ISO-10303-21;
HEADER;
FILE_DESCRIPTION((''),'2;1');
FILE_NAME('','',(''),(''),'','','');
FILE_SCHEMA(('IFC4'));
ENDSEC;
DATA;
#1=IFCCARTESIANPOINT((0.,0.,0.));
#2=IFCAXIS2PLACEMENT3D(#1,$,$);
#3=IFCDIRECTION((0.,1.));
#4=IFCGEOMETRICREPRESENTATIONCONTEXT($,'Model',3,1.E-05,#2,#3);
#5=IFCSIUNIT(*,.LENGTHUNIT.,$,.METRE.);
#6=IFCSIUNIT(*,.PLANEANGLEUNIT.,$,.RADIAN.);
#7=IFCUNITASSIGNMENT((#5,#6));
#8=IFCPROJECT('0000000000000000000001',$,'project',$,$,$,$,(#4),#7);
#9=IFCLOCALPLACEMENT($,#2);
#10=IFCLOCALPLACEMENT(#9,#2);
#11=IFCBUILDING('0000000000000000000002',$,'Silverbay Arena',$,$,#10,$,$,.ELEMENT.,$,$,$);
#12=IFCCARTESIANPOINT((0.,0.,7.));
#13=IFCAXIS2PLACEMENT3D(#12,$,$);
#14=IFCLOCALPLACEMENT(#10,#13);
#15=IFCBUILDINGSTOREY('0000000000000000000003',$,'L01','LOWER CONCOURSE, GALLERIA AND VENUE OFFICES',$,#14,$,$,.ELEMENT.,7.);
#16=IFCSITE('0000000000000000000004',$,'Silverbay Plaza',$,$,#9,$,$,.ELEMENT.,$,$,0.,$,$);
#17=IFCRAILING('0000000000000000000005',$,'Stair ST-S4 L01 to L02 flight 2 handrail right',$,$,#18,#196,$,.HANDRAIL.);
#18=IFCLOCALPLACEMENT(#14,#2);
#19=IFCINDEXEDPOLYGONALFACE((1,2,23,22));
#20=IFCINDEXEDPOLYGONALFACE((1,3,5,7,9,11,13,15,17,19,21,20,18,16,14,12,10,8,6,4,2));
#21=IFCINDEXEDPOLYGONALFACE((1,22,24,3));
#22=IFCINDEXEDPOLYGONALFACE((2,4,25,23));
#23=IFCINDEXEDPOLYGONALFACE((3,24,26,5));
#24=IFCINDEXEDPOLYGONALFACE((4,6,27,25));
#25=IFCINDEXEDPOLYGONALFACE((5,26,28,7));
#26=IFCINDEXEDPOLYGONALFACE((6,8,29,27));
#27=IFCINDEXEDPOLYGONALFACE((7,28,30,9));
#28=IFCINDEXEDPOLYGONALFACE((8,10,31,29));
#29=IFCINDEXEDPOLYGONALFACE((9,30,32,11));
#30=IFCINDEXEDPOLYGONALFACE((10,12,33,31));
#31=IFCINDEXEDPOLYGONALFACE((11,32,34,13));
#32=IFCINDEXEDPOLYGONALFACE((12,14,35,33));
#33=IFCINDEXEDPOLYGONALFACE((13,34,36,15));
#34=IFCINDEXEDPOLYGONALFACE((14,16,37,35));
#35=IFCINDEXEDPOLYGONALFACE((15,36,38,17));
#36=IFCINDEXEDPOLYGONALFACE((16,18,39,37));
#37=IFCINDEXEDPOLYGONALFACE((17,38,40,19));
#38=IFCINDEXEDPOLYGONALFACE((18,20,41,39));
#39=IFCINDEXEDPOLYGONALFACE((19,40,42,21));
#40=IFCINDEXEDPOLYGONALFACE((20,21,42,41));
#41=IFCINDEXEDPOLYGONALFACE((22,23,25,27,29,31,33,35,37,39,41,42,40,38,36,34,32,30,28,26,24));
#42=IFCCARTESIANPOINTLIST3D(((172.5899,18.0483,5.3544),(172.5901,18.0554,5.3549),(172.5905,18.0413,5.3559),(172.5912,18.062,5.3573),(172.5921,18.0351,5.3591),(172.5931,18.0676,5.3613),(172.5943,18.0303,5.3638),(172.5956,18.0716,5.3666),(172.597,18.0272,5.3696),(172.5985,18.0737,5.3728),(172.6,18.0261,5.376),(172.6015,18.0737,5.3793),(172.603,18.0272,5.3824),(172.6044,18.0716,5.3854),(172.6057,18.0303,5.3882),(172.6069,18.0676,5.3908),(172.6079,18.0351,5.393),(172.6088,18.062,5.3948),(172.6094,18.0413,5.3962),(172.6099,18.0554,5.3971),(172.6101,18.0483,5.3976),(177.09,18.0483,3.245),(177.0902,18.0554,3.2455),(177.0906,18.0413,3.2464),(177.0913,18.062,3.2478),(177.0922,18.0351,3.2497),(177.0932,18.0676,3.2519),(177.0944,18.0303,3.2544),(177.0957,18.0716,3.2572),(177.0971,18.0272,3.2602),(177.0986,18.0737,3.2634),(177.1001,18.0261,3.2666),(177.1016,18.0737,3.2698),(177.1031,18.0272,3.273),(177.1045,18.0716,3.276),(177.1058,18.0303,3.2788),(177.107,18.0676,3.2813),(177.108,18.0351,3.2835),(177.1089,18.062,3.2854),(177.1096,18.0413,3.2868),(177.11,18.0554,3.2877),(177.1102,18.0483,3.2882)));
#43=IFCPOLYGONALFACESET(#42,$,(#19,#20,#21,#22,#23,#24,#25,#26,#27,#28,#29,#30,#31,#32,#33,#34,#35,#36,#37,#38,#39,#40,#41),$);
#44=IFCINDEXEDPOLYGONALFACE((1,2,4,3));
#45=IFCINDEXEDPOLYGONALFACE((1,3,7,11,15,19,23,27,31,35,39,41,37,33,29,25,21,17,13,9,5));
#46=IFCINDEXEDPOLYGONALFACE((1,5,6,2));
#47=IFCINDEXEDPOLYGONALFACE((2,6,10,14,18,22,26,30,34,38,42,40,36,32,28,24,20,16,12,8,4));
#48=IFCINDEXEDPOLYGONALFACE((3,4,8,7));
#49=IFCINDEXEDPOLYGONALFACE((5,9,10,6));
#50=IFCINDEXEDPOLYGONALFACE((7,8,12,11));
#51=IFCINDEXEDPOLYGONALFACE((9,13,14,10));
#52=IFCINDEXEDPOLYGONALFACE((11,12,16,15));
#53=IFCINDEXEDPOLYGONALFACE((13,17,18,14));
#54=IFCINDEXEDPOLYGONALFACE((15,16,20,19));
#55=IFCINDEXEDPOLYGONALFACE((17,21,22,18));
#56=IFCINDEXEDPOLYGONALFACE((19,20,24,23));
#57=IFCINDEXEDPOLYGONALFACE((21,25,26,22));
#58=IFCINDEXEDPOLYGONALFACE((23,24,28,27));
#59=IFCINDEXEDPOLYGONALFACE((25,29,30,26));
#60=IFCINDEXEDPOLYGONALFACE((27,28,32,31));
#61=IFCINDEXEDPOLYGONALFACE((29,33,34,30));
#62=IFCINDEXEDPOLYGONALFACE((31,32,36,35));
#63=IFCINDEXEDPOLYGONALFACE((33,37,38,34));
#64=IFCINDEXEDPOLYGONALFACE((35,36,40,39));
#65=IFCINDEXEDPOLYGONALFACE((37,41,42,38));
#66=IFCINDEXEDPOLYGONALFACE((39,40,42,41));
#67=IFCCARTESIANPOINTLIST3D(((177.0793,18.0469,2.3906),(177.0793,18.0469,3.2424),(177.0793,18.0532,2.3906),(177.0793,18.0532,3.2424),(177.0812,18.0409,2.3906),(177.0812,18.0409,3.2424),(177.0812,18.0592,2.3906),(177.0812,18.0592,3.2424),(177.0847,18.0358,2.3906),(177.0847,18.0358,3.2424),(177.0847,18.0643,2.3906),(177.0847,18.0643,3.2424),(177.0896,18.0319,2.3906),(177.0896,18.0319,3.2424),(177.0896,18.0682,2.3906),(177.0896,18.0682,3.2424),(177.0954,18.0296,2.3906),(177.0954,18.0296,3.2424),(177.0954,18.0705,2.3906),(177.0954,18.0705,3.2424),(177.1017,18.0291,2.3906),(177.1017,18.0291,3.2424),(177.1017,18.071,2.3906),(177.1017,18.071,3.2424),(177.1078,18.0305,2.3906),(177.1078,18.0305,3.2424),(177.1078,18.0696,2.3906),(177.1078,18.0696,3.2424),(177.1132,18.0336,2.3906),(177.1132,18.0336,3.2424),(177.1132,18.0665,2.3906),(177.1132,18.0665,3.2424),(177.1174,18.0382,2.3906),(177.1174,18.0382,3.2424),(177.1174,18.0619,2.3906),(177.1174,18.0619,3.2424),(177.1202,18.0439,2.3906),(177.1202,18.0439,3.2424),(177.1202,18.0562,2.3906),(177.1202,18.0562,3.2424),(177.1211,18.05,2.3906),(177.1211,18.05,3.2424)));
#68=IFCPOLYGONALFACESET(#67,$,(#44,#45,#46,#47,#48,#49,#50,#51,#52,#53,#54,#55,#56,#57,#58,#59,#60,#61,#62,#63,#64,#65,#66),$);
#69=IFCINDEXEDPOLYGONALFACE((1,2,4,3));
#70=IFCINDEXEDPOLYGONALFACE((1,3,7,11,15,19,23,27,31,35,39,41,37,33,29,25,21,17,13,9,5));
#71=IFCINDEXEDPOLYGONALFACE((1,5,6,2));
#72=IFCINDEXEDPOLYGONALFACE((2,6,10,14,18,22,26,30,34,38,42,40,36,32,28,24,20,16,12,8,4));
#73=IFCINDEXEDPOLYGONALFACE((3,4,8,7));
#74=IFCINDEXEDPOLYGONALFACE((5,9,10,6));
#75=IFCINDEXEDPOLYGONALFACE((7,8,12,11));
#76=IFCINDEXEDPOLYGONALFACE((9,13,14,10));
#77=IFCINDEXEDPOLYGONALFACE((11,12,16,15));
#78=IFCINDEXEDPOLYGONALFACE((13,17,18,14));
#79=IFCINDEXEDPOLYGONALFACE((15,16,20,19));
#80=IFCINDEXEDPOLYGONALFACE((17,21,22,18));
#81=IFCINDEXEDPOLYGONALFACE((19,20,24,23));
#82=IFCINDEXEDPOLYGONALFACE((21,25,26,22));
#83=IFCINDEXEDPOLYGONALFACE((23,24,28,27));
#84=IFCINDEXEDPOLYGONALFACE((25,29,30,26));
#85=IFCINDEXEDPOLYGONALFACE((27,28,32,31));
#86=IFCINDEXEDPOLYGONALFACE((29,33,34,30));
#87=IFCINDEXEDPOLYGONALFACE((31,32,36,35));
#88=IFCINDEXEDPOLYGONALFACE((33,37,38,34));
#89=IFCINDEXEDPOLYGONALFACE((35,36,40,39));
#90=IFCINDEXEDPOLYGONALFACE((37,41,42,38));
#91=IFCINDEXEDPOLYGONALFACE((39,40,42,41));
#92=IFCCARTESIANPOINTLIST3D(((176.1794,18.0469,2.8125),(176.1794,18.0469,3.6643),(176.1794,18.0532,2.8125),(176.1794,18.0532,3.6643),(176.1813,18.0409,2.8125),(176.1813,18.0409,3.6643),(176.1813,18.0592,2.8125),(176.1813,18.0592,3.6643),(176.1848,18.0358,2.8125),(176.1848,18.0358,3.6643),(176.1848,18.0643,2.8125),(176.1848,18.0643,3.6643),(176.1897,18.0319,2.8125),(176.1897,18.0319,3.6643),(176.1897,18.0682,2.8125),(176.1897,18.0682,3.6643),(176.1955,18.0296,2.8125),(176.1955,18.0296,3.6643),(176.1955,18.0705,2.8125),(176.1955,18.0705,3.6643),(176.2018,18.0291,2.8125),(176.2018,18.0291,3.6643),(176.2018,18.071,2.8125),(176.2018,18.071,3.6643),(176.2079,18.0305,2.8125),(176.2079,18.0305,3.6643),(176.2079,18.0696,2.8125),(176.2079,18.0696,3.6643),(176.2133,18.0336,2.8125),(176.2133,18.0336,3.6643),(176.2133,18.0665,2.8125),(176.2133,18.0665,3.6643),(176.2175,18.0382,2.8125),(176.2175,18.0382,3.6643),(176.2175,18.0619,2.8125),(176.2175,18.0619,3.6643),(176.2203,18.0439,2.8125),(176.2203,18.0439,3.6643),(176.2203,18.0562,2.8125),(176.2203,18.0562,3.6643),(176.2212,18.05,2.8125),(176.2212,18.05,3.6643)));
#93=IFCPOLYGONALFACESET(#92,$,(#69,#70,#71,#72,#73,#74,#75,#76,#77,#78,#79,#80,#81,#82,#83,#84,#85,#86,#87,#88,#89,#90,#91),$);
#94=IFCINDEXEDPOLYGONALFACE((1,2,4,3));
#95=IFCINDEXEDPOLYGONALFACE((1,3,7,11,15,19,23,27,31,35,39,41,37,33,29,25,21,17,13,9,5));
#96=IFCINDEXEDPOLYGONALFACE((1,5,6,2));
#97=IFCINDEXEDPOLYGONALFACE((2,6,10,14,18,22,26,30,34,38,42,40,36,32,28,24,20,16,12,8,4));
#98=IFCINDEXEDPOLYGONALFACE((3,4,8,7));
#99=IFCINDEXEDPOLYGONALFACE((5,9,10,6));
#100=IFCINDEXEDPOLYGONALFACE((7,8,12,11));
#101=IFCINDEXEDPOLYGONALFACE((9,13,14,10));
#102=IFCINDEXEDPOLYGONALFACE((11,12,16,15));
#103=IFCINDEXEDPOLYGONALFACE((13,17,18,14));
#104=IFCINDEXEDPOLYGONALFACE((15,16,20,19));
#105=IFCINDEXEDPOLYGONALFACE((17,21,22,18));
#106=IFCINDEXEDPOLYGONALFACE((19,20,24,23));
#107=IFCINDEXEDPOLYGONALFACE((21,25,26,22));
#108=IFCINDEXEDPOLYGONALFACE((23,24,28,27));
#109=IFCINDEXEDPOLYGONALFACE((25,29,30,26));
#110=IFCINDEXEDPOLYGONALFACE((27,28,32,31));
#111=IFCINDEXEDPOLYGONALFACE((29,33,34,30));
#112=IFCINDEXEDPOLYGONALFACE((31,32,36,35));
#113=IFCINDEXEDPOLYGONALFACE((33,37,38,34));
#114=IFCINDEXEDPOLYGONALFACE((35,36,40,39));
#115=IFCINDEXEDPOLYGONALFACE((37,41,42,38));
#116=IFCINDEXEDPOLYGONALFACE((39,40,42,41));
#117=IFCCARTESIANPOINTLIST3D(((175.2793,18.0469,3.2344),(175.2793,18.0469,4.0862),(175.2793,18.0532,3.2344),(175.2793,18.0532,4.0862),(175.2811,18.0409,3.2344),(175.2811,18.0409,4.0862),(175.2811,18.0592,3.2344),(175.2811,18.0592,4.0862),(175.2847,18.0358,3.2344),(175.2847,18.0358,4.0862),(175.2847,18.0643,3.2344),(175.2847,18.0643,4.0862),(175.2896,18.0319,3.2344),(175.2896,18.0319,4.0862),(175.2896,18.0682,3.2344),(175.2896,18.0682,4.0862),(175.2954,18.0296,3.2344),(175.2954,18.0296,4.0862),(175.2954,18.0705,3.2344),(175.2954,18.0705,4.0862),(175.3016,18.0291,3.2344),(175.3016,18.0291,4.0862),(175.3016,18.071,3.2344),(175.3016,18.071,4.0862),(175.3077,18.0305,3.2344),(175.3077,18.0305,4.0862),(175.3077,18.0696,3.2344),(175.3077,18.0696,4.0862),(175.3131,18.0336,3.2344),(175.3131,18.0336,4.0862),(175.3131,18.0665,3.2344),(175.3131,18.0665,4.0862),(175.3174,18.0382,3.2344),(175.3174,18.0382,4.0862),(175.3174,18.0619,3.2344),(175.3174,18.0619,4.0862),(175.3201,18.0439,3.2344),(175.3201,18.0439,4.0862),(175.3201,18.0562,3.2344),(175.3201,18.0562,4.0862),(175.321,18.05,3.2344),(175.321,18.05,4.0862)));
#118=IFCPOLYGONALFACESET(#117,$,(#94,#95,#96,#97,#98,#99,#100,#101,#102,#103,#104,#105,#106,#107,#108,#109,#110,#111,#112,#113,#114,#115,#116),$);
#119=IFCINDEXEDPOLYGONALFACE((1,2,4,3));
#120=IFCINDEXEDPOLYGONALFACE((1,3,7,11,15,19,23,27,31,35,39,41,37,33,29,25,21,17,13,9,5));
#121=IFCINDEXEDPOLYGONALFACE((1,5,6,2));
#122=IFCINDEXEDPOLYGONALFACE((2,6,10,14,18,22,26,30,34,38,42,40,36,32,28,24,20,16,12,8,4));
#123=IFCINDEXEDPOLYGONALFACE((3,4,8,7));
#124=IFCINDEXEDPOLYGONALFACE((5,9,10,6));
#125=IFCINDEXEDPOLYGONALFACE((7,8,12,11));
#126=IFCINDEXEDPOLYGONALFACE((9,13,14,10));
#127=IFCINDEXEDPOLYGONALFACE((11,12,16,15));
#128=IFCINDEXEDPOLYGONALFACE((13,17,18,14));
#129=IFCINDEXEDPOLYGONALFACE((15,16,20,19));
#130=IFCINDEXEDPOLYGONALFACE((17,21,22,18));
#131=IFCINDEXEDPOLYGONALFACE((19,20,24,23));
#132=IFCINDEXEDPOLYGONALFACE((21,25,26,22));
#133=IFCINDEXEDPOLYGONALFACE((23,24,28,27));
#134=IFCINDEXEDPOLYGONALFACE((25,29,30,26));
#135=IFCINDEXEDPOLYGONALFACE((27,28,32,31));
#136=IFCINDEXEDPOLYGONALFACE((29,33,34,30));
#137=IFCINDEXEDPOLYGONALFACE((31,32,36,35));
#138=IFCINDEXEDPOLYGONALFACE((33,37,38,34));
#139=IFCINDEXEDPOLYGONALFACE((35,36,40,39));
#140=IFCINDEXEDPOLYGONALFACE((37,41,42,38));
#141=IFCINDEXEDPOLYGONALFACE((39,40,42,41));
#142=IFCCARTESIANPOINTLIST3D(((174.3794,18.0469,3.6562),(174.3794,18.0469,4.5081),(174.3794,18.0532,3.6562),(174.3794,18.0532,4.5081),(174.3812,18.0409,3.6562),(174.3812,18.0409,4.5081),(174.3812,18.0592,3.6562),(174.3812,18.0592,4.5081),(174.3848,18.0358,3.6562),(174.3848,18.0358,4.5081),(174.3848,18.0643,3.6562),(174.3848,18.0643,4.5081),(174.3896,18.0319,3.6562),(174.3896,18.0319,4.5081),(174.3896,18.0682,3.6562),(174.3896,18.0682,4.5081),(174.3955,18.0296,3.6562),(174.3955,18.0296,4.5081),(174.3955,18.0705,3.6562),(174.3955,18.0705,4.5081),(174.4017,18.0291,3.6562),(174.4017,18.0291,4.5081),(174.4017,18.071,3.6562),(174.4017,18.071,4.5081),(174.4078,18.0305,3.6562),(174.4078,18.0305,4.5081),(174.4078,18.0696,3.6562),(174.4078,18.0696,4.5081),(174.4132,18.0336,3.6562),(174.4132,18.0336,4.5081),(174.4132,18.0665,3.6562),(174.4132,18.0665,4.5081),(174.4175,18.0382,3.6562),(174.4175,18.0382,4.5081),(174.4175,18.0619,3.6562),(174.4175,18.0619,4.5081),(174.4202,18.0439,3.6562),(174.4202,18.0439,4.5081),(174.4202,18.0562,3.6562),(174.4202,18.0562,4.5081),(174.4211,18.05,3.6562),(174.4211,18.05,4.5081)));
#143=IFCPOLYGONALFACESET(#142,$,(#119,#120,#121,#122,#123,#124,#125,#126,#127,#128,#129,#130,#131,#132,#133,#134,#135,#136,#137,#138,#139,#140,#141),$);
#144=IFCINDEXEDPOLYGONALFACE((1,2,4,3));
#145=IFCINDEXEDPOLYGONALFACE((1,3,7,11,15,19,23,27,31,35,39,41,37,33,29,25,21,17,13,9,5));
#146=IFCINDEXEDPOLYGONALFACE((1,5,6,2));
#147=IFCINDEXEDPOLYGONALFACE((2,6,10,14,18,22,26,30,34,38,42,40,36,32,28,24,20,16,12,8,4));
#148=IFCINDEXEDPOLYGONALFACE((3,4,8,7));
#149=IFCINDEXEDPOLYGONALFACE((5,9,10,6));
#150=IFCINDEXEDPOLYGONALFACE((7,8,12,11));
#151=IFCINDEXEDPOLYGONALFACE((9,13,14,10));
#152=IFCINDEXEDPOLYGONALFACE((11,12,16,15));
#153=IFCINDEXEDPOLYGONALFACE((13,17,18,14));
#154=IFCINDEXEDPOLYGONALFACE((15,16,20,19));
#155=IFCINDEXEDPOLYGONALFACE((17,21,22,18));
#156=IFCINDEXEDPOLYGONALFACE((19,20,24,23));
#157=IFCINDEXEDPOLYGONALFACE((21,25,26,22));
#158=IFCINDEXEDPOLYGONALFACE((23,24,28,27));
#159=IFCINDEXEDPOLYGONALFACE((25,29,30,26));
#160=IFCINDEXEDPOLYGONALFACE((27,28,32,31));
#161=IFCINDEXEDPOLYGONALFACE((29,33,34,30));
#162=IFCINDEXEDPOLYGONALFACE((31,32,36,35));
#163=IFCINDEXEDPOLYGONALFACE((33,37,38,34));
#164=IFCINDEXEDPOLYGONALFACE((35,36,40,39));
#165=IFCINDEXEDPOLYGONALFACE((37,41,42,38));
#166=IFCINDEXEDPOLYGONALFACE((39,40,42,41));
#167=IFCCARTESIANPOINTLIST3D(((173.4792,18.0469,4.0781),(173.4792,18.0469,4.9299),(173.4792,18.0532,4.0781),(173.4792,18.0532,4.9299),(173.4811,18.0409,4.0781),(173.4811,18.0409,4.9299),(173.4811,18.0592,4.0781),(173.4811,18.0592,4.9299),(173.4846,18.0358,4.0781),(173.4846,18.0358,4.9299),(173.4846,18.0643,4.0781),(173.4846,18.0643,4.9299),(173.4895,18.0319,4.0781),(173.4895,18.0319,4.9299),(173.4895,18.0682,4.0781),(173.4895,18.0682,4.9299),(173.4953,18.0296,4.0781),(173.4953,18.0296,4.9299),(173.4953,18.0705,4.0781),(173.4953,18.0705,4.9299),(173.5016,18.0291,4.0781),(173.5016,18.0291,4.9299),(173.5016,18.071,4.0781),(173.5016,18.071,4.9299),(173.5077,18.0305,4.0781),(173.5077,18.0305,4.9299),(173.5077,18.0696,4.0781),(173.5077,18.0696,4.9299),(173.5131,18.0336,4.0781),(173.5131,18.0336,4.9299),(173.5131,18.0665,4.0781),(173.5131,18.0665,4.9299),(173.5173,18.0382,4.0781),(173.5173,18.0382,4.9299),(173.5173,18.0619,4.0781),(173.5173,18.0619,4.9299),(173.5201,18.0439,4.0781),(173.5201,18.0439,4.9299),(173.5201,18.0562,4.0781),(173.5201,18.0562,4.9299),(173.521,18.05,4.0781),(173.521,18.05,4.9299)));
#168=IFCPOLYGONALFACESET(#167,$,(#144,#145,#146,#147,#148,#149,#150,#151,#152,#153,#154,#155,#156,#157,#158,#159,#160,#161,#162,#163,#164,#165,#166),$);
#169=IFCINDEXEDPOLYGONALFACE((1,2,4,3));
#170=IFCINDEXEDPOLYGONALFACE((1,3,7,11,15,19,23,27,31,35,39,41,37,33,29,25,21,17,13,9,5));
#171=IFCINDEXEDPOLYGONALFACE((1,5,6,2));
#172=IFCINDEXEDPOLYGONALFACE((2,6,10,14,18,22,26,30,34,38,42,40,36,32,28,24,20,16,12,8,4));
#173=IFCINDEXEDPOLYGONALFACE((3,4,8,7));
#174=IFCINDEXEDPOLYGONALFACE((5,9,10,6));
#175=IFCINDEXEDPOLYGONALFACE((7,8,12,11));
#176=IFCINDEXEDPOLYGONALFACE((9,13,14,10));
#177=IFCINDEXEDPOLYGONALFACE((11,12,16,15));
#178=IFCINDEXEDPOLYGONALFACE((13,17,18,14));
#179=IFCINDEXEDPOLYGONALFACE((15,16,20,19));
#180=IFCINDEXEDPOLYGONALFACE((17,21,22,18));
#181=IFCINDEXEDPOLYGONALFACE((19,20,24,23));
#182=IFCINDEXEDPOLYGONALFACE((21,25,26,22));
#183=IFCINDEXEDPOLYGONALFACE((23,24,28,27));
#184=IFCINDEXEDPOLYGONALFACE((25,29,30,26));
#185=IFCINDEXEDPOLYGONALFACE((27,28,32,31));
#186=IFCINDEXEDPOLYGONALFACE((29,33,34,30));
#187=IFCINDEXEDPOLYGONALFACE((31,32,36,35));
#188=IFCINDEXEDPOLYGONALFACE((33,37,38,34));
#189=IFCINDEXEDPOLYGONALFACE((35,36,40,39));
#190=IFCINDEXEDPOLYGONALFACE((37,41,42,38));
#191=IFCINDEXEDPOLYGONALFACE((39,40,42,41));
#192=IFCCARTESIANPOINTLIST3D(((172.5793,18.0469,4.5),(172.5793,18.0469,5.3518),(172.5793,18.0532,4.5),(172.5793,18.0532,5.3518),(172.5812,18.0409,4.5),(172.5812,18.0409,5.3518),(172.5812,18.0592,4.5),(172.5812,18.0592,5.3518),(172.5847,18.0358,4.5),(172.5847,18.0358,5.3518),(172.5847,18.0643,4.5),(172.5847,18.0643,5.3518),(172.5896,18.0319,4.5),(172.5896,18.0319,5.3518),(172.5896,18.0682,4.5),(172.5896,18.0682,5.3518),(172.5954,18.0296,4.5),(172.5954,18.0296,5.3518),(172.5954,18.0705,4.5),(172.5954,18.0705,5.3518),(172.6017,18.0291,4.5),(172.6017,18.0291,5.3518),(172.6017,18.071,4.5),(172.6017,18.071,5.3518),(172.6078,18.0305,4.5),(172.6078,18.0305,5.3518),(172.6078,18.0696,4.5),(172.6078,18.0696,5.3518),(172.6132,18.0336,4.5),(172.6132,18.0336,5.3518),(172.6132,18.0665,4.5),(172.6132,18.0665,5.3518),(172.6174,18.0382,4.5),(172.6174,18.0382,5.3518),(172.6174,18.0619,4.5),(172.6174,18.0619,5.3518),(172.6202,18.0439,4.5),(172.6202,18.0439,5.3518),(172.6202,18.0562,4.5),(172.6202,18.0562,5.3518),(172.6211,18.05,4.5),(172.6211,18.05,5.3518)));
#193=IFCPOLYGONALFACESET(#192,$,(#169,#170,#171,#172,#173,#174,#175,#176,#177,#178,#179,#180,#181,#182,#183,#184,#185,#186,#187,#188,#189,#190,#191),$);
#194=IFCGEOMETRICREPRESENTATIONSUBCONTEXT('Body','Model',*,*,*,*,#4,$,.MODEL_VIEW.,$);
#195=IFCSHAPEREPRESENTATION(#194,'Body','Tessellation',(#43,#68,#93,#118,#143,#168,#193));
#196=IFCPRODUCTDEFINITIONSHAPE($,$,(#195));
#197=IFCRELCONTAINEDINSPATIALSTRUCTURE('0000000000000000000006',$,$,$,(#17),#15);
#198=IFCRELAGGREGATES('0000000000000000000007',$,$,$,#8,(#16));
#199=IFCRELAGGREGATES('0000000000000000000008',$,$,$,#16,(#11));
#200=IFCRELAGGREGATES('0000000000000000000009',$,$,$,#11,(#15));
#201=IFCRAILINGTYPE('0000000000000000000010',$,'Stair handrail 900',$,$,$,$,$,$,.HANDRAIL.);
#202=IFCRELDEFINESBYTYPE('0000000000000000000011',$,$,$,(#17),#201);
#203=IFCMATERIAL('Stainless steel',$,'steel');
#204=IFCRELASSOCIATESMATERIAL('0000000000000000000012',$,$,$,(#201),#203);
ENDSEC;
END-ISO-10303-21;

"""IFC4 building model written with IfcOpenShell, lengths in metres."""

from ifc_helpers import new_model, si_unit, direction, frame, origin, origin_2d, place, context, subcontext, project, spatial, circle, extrude, material, type_object, element, save


model = new_model("IFC4")

# Units and contexts
model_context = context("Model", 3, precision=1e-05, world=origin(), true_north=direction((0.0, 1.0)))
body_context = subcontext(model_context, "Body", "Model", "MODEL_VIEW")
ifc_project = project(units=[si_unit("LENGTHUNIT", "METRE"), si_unit("PLANEANGLEUNIT", "RADIAN")], contexts=[model_context])

# Site, building, storey
site_placement = place(None, origin())
site = spatial("IfcSite", under=ifc_project, at=site_placement, Name="Silverbay Plaza", CompositionType="ELEMENT", RefElevation=0.0)
building_placement = place(site_placement, origin())
building = spatial("IfcBuilding", under=site, at=building_placement, Name="Silverbay Arena", CompositionType="ELEMENT")
storey_placement = place(building_placement, frame((0.0, 0.0, 7.0)))
storey = spatial("IfcBuildingStorey", under=building, at=storey_placement, Name="L01", Description="LOWER CONCOURSE, GALLERIA AND VENUE OFFICES", CompositionType="ELEMENT", Elevation=7.0)

# Railing
ifc_material_1 = material(Name="Stainless steel", Category="steel")
railing_type_1 = type_object("IfcRailingType", Name="Stair handrail 900", PredefinedType="HANDRAIL", material=ifc_material_1)
for number, where, name in (
    (1, (177.1001, 18.05, 2.3906), "Stair ST-S4 L01 to L02 flight 2 handrail right"),
):
    element("IfcRailing", number, at=place(storey_placement, frame(where)), inside=storey, type_object=railing_type_1, Name=name, PredefinedType="HANDRAIL", context=body_context, shape_type="SweptSolid", body=[
        extrude(circle(Radius=0.0239, at=origin_2d()), frame((0.0, 0.0, 0.876), z_axis=(-0.905459, 0.0, 0.424434), x_axis=(0.0, -1.0, 0.0)), (0.0, 0.0, 1.0), 4.97),
        extrude(circle(Radius=0.021, at=origin_2d()), origin(), (0.0, 0.0, 1.0), 0.8518),
        extrude(circle(Radius=0.021, at=origin_2d()), frame((-0.8999, 0.0, 0.4219)), (0.0, 0.0, 1.0), 0.8518),
        extrude(circle(Radius=0.021, at=origin_2d()), frame((-1.8, 0.0, 0.8438)), (0.0, 0.0, 1.0), 0.8518),
        extrude(circle(Radius=0.021, at=origin_2d()), frame((-2.7, 0.0, 1.2656)), (0.0, 0.0, 1.0), 0.8518),
        extrude(circle(Radius=0.021, at=origin_2d()), frame((-3.6001, 0.0, 1.6875)), (0.0, 0.0, 1.0), 0.8518),
        extrude(circle(Radius=0.021, at=origin_2d()), frame((-4.5, 0.0, 2.1094)), (0.0, 0.0, 1.0), 0.8518),
    ])

save(model, "model.ifc")
